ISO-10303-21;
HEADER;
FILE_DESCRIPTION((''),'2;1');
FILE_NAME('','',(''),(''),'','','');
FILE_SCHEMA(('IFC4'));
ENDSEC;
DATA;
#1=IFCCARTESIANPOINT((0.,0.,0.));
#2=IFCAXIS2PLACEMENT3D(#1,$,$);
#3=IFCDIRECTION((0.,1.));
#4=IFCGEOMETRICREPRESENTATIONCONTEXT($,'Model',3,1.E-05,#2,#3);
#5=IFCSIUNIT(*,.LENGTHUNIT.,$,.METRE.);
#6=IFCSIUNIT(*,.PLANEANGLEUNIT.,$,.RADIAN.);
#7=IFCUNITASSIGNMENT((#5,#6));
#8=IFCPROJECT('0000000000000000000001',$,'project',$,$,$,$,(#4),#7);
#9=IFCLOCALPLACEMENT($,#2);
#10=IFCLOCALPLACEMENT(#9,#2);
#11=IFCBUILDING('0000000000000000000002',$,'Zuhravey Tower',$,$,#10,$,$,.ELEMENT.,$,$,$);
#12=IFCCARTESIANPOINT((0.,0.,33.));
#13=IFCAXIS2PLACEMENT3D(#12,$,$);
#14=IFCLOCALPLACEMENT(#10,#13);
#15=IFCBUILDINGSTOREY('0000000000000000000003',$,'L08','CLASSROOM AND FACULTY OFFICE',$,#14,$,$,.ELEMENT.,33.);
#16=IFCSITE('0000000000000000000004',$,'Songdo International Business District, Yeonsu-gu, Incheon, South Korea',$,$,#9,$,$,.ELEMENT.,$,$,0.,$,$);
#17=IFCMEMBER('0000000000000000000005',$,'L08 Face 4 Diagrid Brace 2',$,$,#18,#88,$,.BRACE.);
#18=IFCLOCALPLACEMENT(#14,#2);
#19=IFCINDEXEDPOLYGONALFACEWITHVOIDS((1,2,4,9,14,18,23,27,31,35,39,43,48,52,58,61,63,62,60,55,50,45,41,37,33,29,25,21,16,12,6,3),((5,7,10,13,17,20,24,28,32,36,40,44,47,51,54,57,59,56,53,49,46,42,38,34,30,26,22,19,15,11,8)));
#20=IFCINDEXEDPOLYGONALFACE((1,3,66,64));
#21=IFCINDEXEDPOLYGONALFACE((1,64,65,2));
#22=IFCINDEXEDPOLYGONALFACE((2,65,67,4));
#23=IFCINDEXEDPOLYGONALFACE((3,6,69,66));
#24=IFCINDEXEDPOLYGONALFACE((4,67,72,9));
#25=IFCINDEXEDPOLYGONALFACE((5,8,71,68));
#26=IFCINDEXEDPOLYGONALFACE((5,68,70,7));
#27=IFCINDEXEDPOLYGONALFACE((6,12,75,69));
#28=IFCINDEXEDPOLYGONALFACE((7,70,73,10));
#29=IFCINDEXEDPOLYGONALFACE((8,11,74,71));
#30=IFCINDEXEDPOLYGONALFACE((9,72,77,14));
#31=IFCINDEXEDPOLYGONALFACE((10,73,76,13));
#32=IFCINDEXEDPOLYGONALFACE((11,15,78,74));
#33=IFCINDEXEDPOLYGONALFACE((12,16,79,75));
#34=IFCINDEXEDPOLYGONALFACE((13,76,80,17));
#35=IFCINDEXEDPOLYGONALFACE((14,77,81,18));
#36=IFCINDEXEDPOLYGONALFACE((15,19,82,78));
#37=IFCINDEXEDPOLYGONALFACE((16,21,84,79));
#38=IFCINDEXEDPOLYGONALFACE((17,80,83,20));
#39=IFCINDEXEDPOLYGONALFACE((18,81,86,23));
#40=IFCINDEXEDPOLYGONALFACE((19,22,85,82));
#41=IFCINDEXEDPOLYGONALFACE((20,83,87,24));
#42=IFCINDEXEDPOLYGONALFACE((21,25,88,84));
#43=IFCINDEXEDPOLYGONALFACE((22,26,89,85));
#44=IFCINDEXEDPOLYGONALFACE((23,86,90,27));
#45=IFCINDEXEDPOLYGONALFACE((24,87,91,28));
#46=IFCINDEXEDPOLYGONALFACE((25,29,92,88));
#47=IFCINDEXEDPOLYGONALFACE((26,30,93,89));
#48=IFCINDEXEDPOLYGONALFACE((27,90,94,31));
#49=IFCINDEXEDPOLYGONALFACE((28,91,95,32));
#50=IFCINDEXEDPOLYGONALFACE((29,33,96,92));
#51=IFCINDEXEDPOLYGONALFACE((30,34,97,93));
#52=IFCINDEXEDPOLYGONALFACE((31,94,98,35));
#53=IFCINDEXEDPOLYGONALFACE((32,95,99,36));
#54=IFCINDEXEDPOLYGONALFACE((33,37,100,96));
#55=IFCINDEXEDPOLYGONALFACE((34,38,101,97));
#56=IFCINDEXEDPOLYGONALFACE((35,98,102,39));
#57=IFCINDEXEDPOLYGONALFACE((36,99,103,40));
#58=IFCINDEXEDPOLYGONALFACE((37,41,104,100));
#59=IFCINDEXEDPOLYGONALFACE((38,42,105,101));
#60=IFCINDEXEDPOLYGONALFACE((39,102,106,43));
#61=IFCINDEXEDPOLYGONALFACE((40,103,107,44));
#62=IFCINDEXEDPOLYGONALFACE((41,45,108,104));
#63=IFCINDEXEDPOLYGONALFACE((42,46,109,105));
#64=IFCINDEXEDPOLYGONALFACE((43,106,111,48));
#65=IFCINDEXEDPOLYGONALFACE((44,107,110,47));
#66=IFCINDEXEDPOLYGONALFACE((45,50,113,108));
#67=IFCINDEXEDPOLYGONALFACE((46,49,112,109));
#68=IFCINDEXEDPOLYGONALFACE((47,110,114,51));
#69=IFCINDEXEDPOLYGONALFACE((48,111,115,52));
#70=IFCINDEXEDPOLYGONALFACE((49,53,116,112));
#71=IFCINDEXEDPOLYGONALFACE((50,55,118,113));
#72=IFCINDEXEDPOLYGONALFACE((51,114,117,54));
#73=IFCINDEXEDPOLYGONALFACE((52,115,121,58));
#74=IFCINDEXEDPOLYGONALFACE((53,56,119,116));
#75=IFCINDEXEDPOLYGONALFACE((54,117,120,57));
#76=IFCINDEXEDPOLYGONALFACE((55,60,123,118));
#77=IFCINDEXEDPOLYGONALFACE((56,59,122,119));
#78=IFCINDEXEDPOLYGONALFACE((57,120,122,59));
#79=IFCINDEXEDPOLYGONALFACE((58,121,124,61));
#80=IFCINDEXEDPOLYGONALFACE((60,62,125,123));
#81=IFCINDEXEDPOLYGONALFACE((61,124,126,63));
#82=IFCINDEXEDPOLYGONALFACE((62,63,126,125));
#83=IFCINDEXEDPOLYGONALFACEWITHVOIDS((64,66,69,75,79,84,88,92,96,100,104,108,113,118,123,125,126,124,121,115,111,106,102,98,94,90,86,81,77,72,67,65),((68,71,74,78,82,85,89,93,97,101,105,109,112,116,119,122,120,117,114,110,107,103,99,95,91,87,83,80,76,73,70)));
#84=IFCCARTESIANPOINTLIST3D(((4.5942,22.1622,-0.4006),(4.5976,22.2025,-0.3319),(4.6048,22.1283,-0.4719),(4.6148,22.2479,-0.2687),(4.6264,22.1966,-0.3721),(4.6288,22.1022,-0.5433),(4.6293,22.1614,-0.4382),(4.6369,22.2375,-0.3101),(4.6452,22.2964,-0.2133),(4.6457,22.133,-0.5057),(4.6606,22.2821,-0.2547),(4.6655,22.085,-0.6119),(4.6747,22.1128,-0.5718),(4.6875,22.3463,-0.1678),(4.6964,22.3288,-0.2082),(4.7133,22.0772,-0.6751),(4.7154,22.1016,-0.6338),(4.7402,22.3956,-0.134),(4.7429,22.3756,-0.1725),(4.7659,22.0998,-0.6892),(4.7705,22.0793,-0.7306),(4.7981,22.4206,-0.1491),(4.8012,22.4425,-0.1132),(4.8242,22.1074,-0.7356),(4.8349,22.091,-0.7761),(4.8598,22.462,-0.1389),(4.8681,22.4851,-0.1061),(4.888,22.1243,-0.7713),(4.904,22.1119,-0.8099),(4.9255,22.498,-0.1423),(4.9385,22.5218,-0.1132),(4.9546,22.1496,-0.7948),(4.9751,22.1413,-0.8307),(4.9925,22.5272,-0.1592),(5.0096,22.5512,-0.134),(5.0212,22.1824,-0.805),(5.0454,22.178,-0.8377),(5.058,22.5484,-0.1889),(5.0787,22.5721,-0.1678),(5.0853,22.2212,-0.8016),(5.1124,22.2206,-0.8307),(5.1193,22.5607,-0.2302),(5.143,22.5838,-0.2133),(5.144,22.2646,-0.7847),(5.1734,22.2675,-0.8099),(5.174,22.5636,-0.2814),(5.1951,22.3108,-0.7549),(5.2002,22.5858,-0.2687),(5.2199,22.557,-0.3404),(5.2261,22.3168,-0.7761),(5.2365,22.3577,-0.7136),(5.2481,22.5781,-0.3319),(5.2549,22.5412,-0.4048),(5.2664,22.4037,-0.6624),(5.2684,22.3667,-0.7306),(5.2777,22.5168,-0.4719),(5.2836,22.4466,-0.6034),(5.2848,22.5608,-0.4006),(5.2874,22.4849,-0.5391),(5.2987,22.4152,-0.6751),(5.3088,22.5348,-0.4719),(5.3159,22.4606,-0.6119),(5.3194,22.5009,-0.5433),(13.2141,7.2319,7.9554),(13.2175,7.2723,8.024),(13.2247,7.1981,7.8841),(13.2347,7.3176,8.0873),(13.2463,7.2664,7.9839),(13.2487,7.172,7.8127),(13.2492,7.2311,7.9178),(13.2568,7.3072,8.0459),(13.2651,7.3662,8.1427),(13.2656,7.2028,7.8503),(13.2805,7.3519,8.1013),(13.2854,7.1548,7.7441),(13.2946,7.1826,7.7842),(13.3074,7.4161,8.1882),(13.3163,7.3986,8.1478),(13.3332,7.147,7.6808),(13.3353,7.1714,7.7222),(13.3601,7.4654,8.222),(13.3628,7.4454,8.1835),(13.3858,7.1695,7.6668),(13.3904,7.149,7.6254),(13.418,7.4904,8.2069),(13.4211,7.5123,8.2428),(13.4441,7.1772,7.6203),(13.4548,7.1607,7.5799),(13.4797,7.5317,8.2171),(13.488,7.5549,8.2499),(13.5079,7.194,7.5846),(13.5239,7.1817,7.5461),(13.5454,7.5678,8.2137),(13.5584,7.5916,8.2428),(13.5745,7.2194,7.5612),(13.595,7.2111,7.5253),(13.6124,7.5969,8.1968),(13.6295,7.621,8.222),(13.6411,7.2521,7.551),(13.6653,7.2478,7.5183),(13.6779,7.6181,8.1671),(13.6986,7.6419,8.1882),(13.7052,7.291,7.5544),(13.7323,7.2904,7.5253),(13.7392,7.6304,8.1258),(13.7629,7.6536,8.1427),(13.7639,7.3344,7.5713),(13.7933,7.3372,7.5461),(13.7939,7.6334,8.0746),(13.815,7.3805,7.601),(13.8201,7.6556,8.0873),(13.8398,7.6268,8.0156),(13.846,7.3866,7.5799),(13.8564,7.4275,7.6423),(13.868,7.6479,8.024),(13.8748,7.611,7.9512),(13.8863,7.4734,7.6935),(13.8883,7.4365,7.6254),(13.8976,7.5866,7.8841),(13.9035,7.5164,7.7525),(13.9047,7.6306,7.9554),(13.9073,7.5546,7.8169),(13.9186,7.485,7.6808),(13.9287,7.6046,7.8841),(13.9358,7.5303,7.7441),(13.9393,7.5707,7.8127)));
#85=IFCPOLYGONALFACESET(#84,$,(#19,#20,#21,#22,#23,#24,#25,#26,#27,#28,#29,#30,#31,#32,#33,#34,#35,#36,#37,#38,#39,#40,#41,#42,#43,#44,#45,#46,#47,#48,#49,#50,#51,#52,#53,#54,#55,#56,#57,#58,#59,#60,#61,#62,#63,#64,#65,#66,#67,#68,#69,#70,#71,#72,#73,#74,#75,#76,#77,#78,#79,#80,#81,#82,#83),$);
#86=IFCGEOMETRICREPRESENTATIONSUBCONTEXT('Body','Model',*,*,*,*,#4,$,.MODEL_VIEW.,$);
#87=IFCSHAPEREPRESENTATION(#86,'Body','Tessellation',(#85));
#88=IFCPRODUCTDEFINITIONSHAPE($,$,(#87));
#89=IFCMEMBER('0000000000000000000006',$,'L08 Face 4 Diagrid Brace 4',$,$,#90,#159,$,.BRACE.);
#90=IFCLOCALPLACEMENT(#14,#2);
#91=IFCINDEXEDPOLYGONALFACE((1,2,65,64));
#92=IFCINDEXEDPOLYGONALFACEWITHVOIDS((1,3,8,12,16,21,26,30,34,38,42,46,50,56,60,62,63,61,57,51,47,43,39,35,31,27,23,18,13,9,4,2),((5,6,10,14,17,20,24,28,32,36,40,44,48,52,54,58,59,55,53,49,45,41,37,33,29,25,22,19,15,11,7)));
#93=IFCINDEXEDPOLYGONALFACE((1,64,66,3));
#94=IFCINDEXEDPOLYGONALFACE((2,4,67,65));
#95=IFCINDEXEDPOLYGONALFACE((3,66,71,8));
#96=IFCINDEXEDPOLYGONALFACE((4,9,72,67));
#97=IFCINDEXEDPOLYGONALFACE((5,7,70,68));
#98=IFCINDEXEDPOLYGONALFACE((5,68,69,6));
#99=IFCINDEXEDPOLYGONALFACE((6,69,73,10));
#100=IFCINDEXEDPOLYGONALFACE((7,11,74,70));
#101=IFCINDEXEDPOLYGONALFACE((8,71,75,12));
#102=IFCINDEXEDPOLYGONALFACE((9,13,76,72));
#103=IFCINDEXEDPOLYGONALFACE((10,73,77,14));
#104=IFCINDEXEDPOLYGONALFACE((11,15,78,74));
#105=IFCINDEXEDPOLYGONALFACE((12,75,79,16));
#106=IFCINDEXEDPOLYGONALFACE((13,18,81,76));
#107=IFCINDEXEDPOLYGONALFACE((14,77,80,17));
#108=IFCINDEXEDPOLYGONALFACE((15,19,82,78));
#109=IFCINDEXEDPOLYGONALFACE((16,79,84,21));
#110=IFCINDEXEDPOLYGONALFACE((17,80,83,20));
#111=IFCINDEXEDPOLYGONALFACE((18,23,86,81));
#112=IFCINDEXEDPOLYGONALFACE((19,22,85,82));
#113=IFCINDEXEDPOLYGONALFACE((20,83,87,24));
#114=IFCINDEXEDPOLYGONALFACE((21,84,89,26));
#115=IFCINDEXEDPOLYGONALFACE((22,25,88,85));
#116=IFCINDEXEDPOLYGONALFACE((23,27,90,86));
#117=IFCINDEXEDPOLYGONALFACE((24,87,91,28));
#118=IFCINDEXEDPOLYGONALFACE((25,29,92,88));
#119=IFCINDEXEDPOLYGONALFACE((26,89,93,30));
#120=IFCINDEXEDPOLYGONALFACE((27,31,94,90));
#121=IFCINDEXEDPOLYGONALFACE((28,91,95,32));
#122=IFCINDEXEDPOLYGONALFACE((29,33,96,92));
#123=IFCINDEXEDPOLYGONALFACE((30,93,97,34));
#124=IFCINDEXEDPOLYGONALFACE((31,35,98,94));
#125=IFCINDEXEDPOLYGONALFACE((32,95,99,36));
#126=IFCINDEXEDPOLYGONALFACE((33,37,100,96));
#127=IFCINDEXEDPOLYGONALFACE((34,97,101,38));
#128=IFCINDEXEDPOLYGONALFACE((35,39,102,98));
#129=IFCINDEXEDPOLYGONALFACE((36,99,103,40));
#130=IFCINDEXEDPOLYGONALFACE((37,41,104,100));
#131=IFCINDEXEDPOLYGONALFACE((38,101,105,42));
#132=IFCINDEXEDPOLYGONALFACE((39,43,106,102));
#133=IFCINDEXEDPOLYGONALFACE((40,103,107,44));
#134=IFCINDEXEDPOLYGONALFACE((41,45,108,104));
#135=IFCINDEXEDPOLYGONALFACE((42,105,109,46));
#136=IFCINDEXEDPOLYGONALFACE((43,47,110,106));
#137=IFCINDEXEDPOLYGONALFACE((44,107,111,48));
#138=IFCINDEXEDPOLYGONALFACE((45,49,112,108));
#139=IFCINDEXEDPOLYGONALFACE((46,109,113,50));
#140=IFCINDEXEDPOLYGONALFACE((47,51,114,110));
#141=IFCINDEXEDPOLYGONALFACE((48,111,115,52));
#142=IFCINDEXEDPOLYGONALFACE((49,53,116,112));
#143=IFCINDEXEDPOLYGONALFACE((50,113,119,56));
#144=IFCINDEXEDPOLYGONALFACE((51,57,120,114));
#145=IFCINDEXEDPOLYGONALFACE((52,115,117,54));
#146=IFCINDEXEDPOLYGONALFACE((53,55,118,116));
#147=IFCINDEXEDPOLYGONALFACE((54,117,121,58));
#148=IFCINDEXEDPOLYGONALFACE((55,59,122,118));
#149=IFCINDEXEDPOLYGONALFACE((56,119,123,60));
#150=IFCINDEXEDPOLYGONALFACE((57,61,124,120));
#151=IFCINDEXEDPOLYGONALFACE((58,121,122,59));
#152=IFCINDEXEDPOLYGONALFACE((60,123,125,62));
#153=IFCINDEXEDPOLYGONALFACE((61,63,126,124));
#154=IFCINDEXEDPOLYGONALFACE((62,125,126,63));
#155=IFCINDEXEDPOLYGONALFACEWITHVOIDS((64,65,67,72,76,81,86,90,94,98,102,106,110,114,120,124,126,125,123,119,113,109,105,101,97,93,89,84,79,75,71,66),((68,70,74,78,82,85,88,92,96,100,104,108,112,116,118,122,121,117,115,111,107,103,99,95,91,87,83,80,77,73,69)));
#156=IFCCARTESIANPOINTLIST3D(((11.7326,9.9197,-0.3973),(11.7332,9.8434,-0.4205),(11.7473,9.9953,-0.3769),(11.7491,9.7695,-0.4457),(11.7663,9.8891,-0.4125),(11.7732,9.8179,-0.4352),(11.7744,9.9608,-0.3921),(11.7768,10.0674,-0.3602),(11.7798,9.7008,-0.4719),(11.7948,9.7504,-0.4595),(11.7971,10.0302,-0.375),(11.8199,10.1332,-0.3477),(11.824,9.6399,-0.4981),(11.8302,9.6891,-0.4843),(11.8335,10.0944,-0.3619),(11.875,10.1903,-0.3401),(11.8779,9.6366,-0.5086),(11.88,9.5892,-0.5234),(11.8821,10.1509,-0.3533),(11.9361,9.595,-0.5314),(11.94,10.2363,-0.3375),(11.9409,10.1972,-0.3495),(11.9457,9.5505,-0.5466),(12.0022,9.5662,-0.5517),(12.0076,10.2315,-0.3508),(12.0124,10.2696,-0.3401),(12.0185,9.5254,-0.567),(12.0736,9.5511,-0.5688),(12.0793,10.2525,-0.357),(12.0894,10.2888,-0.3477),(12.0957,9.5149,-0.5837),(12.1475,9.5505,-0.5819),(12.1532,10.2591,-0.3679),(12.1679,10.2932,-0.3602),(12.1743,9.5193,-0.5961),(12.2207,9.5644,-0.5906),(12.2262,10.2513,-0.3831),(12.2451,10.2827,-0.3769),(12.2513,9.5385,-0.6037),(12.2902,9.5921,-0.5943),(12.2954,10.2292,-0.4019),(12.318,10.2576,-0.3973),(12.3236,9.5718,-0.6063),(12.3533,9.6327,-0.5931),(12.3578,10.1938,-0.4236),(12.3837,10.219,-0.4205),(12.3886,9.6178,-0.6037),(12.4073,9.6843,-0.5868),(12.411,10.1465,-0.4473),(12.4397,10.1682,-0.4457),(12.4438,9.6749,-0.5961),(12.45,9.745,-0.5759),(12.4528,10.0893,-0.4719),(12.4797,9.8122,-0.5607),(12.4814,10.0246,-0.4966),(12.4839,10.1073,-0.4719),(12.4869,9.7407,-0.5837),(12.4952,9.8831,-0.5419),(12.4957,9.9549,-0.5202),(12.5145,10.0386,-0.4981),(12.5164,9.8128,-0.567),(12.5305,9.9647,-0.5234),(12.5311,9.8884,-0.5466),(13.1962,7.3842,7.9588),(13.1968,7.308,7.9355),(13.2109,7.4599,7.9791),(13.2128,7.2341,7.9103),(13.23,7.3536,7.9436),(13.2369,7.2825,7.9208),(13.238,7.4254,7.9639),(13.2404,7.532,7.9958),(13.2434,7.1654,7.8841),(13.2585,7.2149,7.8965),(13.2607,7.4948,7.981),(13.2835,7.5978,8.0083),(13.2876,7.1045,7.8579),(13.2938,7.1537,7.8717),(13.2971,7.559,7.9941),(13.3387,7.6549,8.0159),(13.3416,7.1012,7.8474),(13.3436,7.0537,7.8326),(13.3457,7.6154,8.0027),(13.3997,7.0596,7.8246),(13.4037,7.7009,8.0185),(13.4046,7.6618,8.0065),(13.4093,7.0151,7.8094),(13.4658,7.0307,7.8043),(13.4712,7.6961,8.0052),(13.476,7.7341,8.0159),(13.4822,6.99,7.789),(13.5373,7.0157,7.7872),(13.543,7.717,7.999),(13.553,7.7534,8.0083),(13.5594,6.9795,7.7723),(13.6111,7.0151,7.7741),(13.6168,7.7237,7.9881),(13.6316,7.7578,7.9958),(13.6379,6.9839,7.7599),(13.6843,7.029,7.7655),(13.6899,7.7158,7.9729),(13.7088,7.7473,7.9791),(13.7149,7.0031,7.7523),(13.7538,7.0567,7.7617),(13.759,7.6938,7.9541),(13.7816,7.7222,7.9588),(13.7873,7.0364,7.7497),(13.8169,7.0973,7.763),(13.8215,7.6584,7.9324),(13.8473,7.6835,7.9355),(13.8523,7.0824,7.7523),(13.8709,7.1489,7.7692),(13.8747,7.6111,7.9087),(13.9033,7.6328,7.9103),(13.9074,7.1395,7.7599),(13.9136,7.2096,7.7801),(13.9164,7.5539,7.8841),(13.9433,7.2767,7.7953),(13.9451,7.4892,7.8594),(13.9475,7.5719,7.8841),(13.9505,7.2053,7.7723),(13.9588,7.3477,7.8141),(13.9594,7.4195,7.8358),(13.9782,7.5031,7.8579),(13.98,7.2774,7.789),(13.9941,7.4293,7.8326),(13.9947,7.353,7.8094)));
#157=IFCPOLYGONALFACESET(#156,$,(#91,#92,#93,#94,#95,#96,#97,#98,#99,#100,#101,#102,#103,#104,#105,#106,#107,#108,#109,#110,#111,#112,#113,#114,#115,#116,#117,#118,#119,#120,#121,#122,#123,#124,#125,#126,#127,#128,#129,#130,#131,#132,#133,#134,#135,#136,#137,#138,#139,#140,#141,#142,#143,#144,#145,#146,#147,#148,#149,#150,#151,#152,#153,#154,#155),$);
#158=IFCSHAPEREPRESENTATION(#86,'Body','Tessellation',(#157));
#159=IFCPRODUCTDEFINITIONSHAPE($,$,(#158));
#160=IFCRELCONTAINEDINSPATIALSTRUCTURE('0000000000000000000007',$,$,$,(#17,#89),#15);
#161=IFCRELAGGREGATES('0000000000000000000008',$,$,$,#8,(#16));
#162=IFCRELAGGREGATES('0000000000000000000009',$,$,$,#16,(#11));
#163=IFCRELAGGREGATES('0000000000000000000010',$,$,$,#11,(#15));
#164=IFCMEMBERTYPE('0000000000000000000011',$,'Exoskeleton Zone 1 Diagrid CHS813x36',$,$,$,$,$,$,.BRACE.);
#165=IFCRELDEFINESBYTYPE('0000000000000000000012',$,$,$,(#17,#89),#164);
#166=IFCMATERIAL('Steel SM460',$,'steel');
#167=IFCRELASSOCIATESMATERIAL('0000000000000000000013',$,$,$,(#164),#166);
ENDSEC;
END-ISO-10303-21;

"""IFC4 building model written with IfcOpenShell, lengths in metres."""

from ifc_helpers import new_model, si_unit, direction, frame, origin, origin_2d, place, context, subcontext, project, spatial, hollow_circle, extrude, material, material_profile, profile_set, type_object, element, save


model = new_model("IFC4")

# Units and contexts
model_context = context("Model", 3, precision=1e-05, world=origin(), true_north=direction((0.0, 1.0)))
body_context = subcontext(model_context, "Body", "Model", "MODEL_VIEW")
ifc_project = project(units=[si_unit("LENGTHUNIT", "METRE"), si_unit("PLANEANGLEUNIT", "RADIAN")], contexts=[model_context])

# Site, building, storey
site_placement = place(None, origin())
site = spatial("IfcSite", under=ifc_project, at=site_placement, Name="Songdo International Business District, Yeonsu-gu, Incheon, South Korea", CompositionType="ELEMENT", RefElevation=0.0)
building_placement = place(site_placement, origin())
building = spatial("IfcBuilding", under=site, at=building_placement, Name="Zuhravey Tower", CompositionType="ELEMENT")
storey_placement = place(building_placement, frame((0.0, 0.0, 33.0)))
storey = spatial("IfcBuildingStorey", under=building, at=storey_placement, Name="L08", Description="CLASSROOM AND FACULTY OFFICE", CompositionType="ELEMENT", Elevation=33.0)

# Members
ifc_material_1 = material(Name="Steel SM460", Category="steel")
ifc_material_profile_1 = material_profile(ifc_material_1, hollow_circle(Radius=0.4065, WallThickness=0.0359, at=origin_2d()), Name="CHS-812.8x36")
ifc_profile_set_1 = profile_set([ifc_material_profile_1], Name="Steel SM460")
member_type_1 = type_object("IfcMemberType", Name="Exoskeleton Zone 1 Diagrid CHS813x36", PredefinedType="BRACE", material=ifc_profile_set_1)
member_1_placement = place(storey_placement, frame((4.9568, 22.3315, -0.4719), z_axis=(0.449933, -0.779312, 0.436157), x_axis=(0.866027, 0.499997, 0.0)))
element("IfcMember", 1, at=member_1_placement, inside=storey, type_object=member_type_1, Name="L08 Face 4 Diagrid Brace 2", PredefinedType="BRACE", context=body_context, shape_type="SweptSolid", body=[
    extrude(hollow_circle(Radius=0.4065, WallThickness=0.0359, at=origin_2d()), origin(), (0.0, 0.0, 1.0), 19.1582),
])
member_2_placement = place(storey_placement, frame((12.1318, 9.9041, -0.4719), z_axis=(0.165307, -0.286358, 0.943755), x_axis=(0.866054, 0.499951, 0.0)))
element("IfcMember", 2, at=member_2_placement, inside=storey, type_object=member_type_1, Name="L08 Face 4 Diagrid Brace 4", PredefinedType="BRACE", context=body_context, shape_type="SweptSolid", body=[
    extrude(hollow_circle(Radius=0.4065, WallThickness=0.0359, at=origin_2d()), origin(), (0.0, 0.0, 1.0), 8.854),
])

save(model, "model.ifc")
